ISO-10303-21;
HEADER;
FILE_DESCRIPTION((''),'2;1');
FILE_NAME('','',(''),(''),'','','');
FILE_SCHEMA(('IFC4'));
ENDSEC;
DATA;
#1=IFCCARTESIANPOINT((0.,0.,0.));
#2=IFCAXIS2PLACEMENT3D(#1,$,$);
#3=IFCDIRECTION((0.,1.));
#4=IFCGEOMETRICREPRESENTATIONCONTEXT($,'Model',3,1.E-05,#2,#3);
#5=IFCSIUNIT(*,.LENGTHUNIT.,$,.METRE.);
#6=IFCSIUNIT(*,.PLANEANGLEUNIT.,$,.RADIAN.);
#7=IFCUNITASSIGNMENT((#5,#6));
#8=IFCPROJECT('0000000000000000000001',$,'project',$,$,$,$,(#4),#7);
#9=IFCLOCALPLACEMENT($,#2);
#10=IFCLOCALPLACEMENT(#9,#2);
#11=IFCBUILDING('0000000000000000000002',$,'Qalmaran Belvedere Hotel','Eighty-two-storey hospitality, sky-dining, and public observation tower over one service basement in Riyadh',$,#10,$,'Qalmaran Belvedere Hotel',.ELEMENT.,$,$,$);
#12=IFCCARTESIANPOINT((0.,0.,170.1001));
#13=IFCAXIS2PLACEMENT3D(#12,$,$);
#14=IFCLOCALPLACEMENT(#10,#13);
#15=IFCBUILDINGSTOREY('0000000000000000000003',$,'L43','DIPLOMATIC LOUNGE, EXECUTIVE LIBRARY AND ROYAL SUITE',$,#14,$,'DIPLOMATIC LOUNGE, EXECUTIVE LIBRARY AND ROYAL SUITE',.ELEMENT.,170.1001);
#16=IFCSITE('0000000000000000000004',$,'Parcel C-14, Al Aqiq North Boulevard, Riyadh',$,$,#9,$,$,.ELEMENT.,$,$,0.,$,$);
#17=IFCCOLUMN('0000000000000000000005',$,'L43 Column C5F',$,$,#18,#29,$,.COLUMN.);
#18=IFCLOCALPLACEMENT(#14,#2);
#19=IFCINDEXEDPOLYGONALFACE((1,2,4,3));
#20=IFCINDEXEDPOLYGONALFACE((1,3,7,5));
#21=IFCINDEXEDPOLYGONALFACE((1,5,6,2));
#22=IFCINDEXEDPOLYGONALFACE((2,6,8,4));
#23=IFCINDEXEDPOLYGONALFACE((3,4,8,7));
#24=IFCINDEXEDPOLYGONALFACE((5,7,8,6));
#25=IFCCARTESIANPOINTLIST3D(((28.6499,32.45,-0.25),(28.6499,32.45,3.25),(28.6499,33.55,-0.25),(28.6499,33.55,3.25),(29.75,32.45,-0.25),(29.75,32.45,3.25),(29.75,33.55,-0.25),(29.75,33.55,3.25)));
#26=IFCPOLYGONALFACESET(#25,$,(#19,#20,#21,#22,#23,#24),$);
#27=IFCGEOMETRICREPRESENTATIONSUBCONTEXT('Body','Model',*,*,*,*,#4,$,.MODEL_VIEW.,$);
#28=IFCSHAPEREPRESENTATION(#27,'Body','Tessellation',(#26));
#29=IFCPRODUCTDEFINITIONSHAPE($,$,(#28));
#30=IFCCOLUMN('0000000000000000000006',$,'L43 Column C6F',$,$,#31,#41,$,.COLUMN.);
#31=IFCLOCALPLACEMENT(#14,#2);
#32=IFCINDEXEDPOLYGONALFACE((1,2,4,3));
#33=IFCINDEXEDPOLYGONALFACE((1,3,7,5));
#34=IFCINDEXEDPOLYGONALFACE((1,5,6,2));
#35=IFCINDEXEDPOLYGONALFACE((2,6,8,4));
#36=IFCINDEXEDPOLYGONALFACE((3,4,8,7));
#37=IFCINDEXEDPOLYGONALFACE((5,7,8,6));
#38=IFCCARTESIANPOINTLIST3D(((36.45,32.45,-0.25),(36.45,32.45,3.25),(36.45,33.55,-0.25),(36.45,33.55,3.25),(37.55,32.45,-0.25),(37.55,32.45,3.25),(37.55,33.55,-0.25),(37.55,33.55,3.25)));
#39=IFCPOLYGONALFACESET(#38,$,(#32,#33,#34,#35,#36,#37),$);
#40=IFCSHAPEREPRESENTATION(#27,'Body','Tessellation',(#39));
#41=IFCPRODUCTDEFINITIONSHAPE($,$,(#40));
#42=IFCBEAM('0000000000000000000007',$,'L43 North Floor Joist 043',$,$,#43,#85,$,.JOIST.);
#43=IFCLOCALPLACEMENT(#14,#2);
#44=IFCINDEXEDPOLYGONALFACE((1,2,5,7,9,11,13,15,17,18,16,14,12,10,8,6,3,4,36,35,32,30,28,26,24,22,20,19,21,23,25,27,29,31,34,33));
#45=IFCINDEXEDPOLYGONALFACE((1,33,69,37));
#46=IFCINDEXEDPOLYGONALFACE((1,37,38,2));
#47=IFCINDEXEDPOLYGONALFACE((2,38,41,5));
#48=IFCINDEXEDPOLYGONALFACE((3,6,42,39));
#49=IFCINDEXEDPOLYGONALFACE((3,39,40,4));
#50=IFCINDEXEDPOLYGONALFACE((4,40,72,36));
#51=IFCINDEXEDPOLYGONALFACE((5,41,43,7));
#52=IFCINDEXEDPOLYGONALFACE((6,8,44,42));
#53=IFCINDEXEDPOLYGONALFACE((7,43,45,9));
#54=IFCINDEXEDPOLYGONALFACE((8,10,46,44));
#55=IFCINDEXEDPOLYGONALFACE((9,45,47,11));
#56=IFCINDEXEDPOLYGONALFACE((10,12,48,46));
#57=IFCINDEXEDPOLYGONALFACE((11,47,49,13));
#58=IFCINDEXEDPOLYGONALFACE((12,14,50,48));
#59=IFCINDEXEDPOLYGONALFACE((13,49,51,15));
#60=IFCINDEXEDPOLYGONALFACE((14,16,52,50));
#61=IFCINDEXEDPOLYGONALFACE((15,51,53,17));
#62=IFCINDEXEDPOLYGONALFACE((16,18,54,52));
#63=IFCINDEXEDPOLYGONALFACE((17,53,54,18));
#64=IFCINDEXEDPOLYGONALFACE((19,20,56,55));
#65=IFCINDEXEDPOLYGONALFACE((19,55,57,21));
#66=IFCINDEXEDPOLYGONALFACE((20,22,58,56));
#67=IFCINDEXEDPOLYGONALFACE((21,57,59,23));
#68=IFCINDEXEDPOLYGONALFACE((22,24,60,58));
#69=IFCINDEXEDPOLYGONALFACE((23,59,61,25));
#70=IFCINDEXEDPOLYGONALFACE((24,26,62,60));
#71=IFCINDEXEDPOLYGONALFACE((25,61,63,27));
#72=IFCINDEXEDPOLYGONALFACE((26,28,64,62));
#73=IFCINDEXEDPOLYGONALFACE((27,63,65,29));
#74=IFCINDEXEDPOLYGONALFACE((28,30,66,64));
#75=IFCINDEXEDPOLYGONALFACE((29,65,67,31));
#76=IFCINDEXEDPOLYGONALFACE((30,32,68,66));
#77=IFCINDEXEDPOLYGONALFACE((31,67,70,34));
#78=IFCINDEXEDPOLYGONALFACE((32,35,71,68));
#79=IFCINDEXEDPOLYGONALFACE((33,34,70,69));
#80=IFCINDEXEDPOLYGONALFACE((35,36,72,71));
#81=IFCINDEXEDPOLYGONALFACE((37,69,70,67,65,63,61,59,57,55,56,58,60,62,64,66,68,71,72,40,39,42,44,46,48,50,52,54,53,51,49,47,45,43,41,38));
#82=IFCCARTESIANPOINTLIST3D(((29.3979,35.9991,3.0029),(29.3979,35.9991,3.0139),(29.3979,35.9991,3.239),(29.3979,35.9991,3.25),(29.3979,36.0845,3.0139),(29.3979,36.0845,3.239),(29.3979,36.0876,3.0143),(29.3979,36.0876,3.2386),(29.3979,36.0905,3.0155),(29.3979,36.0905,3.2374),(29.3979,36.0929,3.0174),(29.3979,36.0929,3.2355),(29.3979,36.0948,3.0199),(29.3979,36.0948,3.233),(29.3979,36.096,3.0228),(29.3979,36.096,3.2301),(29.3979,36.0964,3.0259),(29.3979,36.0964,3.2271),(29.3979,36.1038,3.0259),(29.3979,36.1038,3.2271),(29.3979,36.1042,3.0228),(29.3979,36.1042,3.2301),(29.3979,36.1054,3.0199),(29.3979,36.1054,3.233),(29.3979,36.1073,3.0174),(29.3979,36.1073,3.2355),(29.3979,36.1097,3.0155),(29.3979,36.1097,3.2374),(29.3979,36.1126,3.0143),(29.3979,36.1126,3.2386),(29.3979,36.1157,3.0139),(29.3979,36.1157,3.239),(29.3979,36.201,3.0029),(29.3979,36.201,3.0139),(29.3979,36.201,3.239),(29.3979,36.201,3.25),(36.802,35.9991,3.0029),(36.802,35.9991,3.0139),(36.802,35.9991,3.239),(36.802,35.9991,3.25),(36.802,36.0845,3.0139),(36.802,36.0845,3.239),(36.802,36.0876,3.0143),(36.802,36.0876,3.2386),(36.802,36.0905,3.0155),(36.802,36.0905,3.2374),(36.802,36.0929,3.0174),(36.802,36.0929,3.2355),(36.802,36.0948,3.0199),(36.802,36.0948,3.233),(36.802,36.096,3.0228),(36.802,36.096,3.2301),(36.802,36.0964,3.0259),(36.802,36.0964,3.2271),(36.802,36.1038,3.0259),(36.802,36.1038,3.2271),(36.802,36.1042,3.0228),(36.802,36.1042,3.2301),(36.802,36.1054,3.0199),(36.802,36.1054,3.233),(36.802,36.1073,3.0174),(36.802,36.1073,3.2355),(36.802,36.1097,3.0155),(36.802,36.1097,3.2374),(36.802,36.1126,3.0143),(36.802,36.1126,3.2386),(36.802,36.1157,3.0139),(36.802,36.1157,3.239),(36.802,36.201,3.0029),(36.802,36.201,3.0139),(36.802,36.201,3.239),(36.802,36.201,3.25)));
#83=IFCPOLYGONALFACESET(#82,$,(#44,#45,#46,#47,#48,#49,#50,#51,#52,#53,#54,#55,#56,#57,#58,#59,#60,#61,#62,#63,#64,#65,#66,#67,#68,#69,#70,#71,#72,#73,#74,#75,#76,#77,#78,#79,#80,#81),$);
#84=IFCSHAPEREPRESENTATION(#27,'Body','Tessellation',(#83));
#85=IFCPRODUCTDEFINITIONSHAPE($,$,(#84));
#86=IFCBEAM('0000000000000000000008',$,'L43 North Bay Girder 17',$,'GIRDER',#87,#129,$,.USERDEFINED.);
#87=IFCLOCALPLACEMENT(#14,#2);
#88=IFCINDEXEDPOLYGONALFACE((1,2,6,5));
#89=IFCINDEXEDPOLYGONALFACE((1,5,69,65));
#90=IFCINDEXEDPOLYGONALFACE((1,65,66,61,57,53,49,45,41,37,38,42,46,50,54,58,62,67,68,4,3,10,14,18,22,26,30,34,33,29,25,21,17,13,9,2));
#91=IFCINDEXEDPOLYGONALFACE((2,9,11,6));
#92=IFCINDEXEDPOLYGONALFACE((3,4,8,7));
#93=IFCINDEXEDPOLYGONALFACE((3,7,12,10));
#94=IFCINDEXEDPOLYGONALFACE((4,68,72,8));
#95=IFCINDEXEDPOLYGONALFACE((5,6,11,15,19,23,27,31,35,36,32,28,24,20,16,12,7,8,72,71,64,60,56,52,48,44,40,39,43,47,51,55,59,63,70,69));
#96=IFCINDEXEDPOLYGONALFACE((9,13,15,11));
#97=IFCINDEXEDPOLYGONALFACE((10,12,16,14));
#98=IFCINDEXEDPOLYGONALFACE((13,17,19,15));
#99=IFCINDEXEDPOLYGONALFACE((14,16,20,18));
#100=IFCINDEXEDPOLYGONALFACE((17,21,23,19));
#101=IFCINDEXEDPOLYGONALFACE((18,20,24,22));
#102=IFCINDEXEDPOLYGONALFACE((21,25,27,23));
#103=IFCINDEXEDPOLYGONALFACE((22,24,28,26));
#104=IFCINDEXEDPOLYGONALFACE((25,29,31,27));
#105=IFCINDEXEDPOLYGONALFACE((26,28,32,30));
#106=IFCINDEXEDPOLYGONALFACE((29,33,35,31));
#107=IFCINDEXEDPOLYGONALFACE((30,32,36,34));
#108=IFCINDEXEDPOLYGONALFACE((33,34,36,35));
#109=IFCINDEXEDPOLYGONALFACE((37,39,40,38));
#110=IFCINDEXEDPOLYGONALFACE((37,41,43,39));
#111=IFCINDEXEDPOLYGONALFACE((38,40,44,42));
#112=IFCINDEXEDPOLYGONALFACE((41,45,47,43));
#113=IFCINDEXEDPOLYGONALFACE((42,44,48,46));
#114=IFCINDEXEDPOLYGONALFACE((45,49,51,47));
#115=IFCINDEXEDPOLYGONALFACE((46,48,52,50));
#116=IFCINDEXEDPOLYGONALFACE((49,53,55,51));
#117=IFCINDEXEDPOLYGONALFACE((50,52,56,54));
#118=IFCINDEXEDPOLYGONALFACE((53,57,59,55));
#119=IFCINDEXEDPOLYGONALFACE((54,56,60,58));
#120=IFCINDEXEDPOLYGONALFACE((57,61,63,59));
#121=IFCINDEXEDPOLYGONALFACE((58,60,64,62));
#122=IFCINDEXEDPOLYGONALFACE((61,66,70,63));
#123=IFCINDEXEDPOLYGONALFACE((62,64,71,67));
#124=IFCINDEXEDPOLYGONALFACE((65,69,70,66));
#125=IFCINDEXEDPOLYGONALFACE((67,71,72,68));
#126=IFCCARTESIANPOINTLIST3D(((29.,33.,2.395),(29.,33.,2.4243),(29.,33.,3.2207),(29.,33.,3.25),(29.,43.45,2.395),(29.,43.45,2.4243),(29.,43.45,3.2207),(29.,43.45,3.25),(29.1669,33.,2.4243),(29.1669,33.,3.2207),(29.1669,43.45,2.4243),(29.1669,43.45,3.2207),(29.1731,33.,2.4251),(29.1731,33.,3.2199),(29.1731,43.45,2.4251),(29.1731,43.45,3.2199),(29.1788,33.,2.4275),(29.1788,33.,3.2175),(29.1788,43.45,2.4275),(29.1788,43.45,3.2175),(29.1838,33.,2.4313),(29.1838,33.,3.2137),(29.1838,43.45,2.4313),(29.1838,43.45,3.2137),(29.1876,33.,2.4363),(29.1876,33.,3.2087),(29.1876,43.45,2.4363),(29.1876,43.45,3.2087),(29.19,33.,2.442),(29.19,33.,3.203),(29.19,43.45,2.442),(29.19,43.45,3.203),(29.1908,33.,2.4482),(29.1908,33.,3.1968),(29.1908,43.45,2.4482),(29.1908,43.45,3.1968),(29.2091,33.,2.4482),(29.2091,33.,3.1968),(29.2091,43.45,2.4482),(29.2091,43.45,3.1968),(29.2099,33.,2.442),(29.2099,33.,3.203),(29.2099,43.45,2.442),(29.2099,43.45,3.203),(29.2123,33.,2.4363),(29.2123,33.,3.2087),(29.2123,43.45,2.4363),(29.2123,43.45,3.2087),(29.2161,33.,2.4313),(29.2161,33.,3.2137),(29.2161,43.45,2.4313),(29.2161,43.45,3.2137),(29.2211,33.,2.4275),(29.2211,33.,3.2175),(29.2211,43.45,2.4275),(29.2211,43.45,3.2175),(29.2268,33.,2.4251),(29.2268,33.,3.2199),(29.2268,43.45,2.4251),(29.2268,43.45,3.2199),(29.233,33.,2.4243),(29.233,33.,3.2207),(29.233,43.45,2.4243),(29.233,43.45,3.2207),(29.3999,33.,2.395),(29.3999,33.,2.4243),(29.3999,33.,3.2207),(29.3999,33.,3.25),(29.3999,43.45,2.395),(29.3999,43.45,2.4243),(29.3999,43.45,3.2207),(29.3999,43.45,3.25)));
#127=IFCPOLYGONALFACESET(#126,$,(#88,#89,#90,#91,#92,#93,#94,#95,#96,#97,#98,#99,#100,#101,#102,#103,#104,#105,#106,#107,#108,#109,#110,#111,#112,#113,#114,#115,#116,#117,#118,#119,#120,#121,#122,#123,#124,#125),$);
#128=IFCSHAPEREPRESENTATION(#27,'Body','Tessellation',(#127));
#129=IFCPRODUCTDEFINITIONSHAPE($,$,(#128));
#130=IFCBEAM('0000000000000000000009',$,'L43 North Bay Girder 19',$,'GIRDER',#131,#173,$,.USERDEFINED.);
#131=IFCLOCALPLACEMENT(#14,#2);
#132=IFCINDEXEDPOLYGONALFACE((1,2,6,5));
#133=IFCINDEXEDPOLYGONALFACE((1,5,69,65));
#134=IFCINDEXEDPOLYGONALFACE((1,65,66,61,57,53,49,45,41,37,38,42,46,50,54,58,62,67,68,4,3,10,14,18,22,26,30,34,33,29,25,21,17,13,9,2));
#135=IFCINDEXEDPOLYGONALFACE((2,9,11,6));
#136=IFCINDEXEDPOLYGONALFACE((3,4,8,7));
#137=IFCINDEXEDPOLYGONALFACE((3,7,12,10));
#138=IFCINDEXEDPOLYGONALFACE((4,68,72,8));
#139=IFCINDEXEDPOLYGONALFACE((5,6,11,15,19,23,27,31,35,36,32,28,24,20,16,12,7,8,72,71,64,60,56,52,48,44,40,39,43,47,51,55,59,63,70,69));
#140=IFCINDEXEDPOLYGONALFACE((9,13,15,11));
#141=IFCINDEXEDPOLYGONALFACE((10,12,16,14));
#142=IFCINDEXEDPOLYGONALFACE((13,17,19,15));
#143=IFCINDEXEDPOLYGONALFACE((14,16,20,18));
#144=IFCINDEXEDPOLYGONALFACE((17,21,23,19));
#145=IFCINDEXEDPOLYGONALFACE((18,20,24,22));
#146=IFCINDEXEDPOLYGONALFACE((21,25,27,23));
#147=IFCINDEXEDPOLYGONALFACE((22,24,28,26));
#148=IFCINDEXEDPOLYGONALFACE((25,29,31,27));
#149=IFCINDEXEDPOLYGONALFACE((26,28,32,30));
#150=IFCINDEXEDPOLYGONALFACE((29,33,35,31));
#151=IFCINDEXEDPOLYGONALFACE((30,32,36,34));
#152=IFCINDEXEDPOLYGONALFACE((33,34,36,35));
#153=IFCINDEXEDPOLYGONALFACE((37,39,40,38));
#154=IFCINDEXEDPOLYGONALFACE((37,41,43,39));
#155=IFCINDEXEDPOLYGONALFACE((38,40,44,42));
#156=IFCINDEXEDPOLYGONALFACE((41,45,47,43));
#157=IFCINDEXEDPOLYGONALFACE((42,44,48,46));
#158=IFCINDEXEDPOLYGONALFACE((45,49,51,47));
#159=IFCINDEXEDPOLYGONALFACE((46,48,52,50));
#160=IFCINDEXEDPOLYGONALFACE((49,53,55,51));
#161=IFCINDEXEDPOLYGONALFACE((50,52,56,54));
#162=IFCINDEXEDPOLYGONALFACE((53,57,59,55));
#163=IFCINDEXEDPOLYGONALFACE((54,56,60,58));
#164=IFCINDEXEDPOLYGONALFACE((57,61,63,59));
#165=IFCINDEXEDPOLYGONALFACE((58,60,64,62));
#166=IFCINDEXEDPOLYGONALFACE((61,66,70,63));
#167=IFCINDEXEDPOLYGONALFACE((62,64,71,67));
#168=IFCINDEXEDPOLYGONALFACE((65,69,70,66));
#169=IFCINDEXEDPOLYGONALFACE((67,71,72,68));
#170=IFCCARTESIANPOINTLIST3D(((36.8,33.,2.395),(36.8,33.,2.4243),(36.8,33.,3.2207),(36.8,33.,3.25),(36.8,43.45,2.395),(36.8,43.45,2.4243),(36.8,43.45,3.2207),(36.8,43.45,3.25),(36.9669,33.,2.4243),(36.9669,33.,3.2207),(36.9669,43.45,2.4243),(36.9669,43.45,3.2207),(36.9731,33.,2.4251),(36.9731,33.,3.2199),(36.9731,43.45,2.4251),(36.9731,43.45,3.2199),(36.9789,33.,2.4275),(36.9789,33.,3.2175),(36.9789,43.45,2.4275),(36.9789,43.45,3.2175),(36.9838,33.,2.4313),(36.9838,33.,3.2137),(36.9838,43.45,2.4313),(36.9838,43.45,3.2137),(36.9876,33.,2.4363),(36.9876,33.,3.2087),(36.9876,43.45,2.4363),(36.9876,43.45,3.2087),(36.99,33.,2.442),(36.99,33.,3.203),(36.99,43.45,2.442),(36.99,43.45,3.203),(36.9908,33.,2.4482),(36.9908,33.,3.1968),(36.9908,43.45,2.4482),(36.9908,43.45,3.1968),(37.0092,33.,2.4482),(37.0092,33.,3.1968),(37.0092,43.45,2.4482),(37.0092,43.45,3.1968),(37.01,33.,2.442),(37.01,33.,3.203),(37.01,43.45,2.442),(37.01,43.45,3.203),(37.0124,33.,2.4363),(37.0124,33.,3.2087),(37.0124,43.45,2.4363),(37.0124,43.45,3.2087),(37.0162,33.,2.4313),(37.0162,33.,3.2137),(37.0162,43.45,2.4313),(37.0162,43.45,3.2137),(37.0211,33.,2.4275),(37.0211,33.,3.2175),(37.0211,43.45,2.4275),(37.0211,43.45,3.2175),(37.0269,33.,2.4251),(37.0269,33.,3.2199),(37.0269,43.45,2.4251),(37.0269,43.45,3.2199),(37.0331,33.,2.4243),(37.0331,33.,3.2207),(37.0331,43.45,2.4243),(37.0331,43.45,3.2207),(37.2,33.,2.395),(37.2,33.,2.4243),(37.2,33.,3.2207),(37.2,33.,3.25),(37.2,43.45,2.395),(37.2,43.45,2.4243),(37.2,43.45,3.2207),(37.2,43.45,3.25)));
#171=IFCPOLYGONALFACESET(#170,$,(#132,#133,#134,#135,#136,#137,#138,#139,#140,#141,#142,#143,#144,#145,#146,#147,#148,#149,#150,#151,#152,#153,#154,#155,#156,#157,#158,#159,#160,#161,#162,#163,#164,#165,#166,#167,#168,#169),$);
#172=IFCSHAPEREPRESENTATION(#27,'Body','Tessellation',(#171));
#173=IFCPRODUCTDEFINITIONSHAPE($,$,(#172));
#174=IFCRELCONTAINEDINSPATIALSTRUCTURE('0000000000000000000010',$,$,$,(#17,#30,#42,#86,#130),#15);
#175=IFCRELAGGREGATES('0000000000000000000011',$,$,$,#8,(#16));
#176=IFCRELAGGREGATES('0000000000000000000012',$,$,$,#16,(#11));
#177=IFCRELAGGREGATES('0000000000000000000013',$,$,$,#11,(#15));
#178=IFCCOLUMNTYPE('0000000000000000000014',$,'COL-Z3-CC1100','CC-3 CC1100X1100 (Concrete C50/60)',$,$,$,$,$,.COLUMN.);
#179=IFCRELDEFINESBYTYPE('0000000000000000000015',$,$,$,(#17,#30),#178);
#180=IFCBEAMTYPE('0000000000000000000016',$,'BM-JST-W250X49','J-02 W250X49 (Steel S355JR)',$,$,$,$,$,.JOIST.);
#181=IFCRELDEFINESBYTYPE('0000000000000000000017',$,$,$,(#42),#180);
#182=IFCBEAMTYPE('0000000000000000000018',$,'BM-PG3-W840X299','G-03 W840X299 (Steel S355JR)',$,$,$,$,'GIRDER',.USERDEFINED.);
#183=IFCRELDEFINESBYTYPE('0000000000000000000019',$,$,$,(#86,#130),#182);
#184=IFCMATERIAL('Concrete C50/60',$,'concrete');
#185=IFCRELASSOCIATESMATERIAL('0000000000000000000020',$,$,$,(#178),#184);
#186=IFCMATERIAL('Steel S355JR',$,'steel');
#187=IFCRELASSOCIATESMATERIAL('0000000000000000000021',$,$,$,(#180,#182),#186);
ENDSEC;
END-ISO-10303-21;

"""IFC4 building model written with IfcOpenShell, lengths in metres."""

from ifc_helpers import new_model, si_unit, direction, frame, origin, origin_2d, place, context, subcontext, project, spatial, rectangle, i_section, extrude, material, material_profile, profile_set, type_object, element, save


model = new_model("IFC4")

# Units and contexts
model_context = context("Model", 3, precision=1e-05, world=origin(), true_north=direction((0.0, 1.0)))
body_context = subcontext(model_context, "Body", "Model", "MODEL_VIEW")
ifc_project = project(units=[si_unit("LENGTHUNIT", "METRE"), si_unit("PLANEANGLEUNIT", "RADIAN")], contexts=[model_context])

# Site, building, storey
site_placement = place(None, origin())
site = spatial("IfcSite", under=ifc_project, at=site_placement, Name="Parcel C-14, Al Aqiq North Boulevard, Riyadh", CompositionType="ELEMENT", RefElevation=0.0)
building_placement = place(site_placement, origin())
building = spatial("IfcBuilding", under=site, at=building_placement, Name="Qalmaran Belvedere Hotel", Description="Eighty-two-storey hospitality, sky-dining, and public observation tower over one service basement in Riyadh", LongName="Qalmaran Belvedere Hotel", CompositionType="ELEMENT")
storey_placement = place(building_placement, frame((0.0, 0.0, 170.1001)))
storey = spatial("IfcBuildingStorey", under=building, at=storey_placement, Name="L43", Description="DIPLOMATIC LOUNGE, EXECUTIVE LIBRARY AND ROYAL SUITE", LongName="DIPLOMATIC LOUNGE, EXECUTIVE LIBRARY AND ROYAL SUITE", CompositionType="ELEMENT", Elevation=170.1001)

# Columns
ifc_material_1 = material(Name="Concrete C50/60", Category="concrete")
ifc_material_profile_1 = material_profile(ifc_material_1, rectangle(XDim=1.1001, YDim=1.1001, at=origin_2d()), Name="CC1100X1100")
ifc_profile_set_1 = profile_set([ifc_material_profile_1], Name="Concrete C50/60")
column_type = type_object("IfcColumnType", Name="COL-Z3-CC1100", Description="CC-3 CC1100X1100 (Concrete C50/60)", PredefinedType="COLUMN", material=ifc_profile_set_1)
for number, where, z_axis, x_axis, name in (
    (1, (29.2, 33.0, -0.25), (0.0, 0.0, 1.0), (1.0, 0.0, 0.0), "L43 Column C5F"),
    (2, (37.0, 33.0, -0.25), (0.0, 0.0, 1.0), (1.0, 0.0, 0.0), "L43 Column C6F"),
):
    element("IfcColumn", number, at=place(storey_placement, frame(where, z_axis=z_axis, x_axis=x_axis)), inside=storey, type_object=column_type, Name=name, PredefinedType="COLUMN", context=body_context, shape_type="SweptSolid", body=[
        extrude(rectangle(XDim=1.1001, YDim=1.1001, at=origin_2d()), origin(), (0.0, 0.0, 1.0), 3.5),
    ])

# Beams
ifc_material_2 = material(Name="Steel S355JR", Category="steel")
ifc_material_profile_2 = material_profile(ifc_material_2, i_section(OverallWidth=0.2019, OverallDepth=0.2471, WebThickness=0.0073, FlangeThickness=0.011, FilletRadius=0.012, at=origin_2d()), Name="W250X49")
ifc_profile_set_2 = profile_set([ifc_material_profile_2], Name="Steel S355JR")
beam_type_1 = type_object("IfcBeamType", Name="BM-JST-W250X49", Description="J-02 W250X49 (Steel S355JR)", PredefinedType="JOIST", material=ifc_profile_set_2)
beam_placement = place(storey_placement, frame((29.3979, 36.1001, 3.1265), z_axis=(1.0, 0.0, 0.0), x_axis=(0.0, 1.0, 0.0)))
element("IfcBeam", 3, at=beam_placement, inside=storey, type_object=beam_type_1, Name="L43 North Floor Joist 043", PredefinedType="JOIST", context=body_context, shape_type="SweptSolid", body=[
    extrude(i_section(OverallWidth=0.2019, OverallDepth=0.2471, WebThickness=0.0073, FlangeThickness=0.011, FilletRadius=0.012, at=origin_2d()), origin(), (0.0, 0.0, 1.0), 7.4041),
])
ifc_material_profile_3 = material_profile(ifc_material_2, i_section(OverallWidth=0.3999, OverallDepth=0.855, WebThickness=0.0183, FlangeThickness=0.0293, FilletRadius=0.0239, at=origin_2d()), Name="W840X299")
ifc_profile_set_3 = profile_set([ifc_material_profile_3], Name="Steel S355JR")
beam_type_2 = type_object("IfcBeamType", Name="BM-PG3-W840X299", Description="G-03 W840X299 (Steel S355JR)", ElementType="GIRDER", PredefinedType="USERDEFINED", material=ifc_profile_set_3)
for number, where, z_axis, x_axis, name in (
    (4, (29.2, 33.0, 2.8225), (0.0, 1.0, 0.0), (-1.0, 0.0, 0.0), "L43 North Bay Girder 17"),
    (5, (37.0, 33.0, 2.8225), (0.0, 1.0, 0.0), (-1.0, 0.0, 0.0), "L43 North Bay Girder 19"),
):
    element("IfcBeam", number, at=place(storey_placement, frame(where, z_axis=z_axis, x_axis=x_axis)), inside=storey, type_object=beam_type_2, Name=name, ObjectType="GIRDER", PredefinedType="USERDEFINED", context=body_context, shape_type="SweptSolid", body=[
        extrude(i_section(OverallWidth=0.3999, OverallDepth=0.855, WebThickness=0.0183, FlangeThickness=0.0293, FilletRadius=0.0239, at=origin_2d()), origin(), (0.0, 0.0, 1.0), 10.45),
    ])

save(model, "model.ifc")
